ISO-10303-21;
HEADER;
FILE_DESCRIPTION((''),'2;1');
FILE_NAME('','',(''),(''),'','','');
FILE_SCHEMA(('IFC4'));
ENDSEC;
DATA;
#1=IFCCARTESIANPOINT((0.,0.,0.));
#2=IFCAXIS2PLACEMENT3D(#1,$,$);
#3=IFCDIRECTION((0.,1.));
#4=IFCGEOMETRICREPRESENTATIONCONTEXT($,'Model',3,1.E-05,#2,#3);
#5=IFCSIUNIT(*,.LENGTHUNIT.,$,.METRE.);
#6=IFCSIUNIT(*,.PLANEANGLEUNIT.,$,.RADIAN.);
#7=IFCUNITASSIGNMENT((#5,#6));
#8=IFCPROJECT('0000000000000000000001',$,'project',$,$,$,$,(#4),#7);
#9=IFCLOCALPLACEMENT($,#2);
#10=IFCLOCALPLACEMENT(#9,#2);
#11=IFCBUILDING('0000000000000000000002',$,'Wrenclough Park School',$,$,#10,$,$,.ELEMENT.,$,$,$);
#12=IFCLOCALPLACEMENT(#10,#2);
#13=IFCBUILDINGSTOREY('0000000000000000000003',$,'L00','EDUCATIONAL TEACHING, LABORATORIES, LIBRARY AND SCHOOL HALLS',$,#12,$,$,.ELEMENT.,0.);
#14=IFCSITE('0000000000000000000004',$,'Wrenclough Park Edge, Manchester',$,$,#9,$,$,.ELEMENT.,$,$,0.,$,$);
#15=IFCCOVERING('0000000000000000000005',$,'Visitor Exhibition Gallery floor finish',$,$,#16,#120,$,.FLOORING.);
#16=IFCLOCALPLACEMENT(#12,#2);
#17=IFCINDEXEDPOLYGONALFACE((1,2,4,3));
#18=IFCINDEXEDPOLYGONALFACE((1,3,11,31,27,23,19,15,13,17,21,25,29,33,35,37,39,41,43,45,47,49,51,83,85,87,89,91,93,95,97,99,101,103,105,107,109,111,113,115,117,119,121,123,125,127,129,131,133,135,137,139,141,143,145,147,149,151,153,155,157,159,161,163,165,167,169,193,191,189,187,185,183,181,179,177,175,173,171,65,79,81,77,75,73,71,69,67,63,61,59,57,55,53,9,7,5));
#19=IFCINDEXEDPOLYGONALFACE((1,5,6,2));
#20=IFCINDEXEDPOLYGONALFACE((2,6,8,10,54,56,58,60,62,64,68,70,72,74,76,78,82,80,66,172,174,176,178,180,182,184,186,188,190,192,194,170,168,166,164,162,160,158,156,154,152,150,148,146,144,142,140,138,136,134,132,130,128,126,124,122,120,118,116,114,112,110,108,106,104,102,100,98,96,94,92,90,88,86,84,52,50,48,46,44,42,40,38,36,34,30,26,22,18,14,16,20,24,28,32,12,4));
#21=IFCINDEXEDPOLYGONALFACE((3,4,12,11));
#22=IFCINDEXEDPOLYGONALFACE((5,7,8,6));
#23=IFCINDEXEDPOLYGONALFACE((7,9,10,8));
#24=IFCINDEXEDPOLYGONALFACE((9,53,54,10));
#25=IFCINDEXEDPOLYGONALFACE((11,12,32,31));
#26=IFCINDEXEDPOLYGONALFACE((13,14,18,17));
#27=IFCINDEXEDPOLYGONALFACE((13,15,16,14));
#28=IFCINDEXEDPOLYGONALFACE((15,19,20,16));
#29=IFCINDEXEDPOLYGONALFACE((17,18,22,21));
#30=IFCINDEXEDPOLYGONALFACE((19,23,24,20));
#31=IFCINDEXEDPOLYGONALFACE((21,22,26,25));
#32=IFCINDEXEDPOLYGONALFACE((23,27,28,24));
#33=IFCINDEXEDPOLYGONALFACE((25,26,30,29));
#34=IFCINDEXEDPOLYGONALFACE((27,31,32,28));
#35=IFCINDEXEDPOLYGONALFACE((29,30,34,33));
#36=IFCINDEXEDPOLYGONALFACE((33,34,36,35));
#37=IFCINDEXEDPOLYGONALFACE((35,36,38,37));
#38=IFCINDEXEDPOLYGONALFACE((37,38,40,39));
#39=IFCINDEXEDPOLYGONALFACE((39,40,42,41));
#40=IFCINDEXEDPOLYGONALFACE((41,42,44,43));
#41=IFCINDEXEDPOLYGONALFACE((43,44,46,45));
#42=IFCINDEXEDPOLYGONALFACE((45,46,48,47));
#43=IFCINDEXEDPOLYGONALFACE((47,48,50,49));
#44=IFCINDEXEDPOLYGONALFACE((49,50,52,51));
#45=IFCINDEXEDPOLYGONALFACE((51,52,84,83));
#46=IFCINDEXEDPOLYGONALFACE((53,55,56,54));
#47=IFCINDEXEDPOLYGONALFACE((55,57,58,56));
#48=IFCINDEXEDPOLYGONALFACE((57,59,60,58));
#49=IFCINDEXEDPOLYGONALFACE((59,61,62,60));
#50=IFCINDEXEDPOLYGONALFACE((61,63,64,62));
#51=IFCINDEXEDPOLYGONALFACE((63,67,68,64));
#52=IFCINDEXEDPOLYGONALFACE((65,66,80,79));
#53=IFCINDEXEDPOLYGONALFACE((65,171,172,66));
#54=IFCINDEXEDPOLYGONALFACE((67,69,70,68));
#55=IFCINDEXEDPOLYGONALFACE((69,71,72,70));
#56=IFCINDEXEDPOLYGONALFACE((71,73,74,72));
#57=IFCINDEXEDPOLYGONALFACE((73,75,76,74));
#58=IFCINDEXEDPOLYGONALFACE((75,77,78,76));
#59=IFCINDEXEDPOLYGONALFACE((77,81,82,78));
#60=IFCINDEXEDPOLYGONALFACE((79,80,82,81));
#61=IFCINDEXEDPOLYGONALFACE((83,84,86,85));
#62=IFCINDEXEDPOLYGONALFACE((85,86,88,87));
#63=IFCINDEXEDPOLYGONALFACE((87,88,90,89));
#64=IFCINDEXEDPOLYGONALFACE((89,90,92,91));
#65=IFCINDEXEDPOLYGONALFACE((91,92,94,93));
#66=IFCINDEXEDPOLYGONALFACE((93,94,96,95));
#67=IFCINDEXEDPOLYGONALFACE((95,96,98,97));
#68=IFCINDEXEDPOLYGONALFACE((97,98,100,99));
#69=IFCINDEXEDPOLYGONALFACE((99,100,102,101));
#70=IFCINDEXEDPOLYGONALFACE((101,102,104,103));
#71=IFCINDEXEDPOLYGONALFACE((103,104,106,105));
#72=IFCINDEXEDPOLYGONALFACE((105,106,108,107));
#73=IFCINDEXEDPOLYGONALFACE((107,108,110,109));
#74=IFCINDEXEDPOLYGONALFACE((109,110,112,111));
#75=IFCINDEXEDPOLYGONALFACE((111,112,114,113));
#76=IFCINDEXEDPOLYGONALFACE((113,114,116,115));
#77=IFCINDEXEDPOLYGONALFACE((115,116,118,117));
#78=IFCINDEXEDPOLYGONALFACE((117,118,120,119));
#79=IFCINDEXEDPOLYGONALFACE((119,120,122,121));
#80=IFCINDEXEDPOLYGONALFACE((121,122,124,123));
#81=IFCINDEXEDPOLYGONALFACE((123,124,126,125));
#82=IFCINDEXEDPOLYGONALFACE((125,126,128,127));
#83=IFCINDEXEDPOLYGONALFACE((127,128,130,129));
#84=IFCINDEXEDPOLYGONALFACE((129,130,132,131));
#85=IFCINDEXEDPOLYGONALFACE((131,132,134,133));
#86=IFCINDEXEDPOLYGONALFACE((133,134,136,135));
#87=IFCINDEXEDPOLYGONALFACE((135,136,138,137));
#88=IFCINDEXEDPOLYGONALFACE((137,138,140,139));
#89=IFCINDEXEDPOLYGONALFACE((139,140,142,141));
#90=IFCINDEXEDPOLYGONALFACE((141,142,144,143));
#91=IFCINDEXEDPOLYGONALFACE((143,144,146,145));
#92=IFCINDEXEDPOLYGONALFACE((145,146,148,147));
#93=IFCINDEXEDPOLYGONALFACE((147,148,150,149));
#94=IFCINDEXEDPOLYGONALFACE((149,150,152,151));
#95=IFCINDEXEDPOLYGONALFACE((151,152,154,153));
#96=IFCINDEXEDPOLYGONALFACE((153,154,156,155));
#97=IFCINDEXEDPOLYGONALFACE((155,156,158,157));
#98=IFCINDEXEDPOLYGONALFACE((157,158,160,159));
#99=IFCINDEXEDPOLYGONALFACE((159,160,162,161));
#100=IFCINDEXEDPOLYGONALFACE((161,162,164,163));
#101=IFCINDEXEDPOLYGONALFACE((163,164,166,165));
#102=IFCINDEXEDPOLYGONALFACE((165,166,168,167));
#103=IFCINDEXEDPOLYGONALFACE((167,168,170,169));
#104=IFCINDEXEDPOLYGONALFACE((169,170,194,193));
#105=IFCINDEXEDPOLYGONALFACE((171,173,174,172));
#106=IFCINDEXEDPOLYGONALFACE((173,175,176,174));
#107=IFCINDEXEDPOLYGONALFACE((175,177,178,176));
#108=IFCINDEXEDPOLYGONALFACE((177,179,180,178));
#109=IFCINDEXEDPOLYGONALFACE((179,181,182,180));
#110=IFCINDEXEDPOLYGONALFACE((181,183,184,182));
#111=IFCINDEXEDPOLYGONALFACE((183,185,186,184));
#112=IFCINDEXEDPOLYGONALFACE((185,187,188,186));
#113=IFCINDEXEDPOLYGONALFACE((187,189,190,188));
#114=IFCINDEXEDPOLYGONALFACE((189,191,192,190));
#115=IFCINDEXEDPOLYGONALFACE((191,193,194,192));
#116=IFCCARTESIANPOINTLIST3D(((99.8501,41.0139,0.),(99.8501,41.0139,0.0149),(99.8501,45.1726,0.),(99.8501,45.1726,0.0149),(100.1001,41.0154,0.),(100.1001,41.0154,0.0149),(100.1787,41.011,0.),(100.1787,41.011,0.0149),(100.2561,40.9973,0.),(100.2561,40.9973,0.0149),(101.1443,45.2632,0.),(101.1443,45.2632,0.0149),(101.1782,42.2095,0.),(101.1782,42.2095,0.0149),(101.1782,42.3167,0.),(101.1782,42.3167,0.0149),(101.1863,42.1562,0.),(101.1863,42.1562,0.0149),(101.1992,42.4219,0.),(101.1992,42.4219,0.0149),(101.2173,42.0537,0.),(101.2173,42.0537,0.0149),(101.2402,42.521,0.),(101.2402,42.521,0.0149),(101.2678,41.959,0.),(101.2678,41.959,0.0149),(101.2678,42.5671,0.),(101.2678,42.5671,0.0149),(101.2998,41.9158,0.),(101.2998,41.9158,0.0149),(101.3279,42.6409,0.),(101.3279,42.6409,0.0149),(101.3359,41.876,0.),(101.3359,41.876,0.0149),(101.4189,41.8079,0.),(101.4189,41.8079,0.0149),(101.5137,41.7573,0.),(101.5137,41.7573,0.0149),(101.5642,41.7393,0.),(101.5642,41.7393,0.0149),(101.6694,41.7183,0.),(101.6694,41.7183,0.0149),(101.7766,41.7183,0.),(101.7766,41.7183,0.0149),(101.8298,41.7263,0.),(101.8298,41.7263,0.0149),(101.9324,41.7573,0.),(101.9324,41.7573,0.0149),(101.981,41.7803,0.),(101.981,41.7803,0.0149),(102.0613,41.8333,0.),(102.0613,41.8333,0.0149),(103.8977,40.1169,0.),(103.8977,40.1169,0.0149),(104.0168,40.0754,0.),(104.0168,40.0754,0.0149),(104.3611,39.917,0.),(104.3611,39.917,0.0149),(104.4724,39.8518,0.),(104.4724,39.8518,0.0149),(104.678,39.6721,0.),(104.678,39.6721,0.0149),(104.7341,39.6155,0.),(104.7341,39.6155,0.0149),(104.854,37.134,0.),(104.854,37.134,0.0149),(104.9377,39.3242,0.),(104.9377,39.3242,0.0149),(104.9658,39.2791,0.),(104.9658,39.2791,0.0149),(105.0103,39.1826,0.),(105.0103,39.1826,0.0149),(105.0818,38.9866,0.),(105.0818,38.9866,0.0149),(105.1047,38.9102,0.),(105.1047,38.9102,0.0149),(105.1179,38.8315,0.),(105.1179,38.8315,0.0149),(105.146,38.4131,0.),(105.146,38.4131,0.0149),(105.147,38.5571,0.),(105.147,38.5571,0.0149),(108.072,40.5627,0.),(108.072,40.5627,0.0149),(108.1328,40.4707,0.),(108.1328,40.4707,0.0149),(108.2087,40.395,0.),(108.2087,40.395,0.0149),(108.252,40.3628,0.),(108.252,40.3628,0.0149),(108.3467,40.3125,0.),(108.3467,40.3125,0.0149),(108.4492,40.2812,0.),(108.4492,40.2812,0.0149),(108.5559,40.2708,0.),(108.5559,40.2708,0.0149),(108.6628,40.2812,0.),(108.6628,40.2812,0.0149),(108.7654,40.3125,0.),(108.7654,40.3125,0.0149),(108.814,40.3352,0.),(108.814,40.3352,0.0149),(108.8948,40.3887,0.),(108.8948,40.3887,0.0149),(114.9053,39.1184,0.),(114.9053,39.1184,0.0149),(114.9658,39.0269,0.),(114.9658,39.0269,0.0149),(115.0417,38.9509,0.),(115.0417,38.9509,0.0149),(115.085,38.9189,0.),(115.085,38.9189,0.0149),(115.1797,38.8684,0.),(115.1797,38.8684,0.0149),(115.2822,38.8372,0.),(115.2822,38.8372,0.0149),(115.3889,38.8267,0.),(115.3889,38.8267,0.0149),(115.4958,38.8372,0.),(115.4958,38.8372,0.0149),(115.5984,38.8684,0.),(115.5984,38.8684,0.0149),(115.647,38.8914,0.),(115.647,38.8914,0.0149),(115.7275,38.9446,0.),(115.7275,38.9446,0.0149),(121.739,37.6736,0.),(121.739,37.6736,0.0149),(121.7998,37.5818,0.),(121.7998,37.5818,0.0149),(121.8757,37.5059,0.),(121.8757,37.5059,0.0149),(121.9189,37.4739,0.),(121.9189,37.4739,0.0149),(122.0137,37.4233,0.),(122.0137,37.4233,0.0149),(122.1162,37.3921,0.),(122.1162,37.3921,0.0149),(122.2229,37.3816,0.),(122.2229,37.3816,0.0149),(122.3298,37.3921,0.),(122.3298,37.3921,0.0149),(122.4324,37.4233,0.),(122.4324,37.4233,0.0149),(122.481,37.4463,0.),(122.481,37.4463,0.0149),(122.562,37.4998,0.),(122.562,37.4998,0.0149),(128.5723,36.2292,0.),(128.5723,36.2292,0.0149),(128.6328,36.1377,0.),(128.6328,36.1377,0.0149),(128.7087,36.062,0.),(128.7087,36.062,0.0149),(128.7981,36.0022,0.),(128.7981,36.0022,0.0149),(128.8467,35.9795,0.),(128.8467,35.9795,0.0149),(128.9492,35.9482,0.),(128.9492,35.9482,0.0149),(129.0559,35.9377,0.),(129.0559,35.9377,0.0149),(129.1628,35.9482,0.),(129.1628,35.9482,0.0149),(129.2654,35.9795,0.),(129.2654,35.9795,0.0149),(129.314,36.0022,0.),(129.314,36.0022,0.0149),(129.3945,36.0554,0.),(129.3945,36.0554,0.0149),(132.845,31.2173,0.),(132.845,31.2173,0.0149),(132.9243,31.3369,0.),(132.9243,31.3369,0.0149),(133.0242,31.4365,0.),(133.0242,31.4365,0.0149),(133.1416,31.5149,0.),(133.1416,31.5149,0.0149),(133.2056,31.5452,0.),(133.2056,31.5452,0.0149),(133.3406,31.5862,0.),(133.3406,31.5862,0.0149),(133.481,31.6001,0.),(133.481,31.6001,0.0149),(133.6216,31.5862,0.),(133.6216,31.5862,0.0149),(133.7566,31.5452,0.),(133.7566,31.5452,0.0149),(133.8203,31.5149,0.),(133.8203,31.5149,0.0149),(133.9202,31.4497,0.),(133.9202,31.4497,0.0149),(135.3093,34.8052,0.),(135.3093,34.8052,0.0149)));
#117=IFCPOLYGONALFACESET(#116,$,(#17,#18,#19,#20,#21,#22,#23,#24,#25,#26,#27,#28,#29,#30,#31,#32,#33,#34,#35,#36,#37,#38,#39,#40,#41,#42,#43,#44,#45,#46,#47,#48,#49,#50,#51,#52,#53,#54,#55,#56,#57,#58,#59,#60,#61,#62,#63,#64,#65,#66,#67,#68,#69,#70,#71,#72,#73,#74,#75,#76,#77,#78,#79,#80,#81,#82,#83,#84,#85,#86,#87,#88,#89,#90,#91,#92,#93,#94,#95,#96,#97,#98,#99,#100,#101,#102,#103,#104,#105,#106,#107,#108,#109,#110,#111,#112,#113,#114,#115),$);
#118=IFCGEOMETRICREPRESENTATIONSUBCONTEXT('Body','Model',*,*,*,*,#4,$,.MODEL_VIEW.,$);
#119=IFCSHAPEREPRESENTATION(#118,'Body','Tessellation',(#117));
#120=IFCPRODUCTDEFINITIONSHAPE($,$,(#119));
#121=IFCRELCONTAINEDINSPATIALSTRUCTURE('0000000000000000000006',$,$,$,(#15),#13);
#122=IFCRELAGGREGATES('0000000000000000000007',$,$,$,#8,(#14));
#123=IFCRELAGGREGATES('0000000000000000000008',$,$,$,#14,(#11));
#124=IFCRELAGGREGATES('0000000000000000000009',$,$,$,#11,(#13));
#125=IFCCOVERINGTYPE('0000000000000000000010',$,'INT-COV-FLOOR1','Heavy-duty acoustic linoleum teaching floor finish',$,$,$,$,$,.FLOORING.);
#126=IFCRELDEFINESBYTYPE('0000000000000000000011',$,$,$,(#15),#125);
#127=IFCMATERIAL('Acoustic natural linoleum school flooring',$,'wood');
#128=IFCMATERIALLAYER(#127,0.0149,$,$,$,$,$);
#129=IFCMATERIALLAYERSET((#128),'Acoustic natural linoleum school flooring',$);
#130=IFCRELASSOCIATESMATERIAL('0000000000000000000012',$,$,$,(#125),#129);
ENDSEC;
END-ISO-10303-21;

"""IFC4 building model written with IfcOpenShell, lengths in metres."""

from ifc_helpers import new_model, si_unit, direction, origin, place, context, subcontext, project, spatial, polyline, outline, extrude, material, layer, layer_set, type_object, element, save


model = new_model("IFC4")

# Units and contexts
model_context = context("Model", 3, precision=1e-05, world=origin(), true_north=direction((0.0, 1.0)))
body_context = subcontext(model_context, "Body", "Model", "MODEL_VIEW")
ifc_project = project(units=[si_unit("LENGTHUNIT", "METRE"), si_unit("PLANEANGLEUNIT", "RADIAN")], contexts=[model_context])

# Site, building, storey
site_placement = place(None, origin())
site = spatial("IfcSite", under=ifc_project, at=site_placement, Name="Wrenclough Park Edge, Manchester", CompositionType="ELEMENT", RefElevation=0.0)
building_placement = place(site_placement, origin())
building = spatial("IfcBuilding", under=site, at=building_placement, Name="Wrenclough Park School", CompositionType="ELEMENT")
storey_placement = place(building_placement, origin())
storey = spatial("IfcBuildingStorey", under=building, at=storey_placement, Name="L00", Description="EDUCATIONAL TEACHING, LABORATORIES, LIBRARY AND SCHOOL HALLS", CompositionType="ELEMENT", Elevation=0.0)

# Covering
ifc_material_1 = material(Name="Acoustic natural linoleum school flooring", Category="wood")
ifc_layer_1 = layer(ifc_material_1, 0.0149)
ifc_layer_set_1 = layer_set([ifc_layer_1], Name="Acoustic natural linoleum school flooring")
covering_type_1 = type_object("IfcCoveringType", Name="INT-COV-FLOOR1", Description="Heavy-duty acoustic linoleum teaching floor finish", PredefinedType="FLOORING", material=ifc_layer_set_1)
covering_1_placement = place(storey_placement, origin())
element("IfcCovering", 1, at=covering_1_placement, inside=storey, type_object=covering_type_1, Name="Visitor Exhibition Gallery floor finish", PredefinedType="FLOORING", context=body_context, shape_type="SweptSolid", body=[
    extrude(outline(polyline([(99.8501, 45.1726), (99.8501, 41.0139), (100.1001, 41.0154), (100.1787, 41.011), (100.2561, 40.9973), (103.8977, 40.1169), (104.0168, 40.0754), (104.3611, 39.917), (104.4724, 39.8518), (104.678, 39.6721), (104.7341, 39.6155), (104.9377, 39.3242), (104.9658, 39.2791), (105.0103, 39.1826), (105.0818, 38.9866), (105.1047, 38.9102), (105.1179, 38.8315), (105.147, 38.5571), (105.146, 38.4131), (104.854, 37.134), (132.845, 31.2173), (132.9243, 31.3369), (133.0242, 31.4365), (133.1416, 31.5149), (133.2056, 31.5452), (133.3406, 31.5862), (133.481, 31.6001), (133.6216, 31.5862), (133.7566, 31.5452), (133.8203, 31.5149), (133.9202, 31.4497), (135.3093, 34.8052), (129.3945, 36.0554), (129.314, 36.0022), (129.2654, 35.9795), (129.1628, 35.9482), (129.0559, 35.9377), (128.9492, 35.9482), (128.8467, 35.9795), (128.7981, 36.0022), (128.7087, 36.062), (128.6328, 36.1377), (128.5723, 36.2292), (122.562, 37.4998), (122.481, 37.4463), (122.4324, 37.4233), (122.3298, 37.3921), (122.2229, 37.3816), (122.1162, 37.3921), (122.0137, 37.4233), (121.9189, 37.4739), (121.8757, 37.5059), (121.7998, 37.5818), (121.739, 37.6736), (115.7275, 38.9446), (115.647, 38.8914), (115.5984, 38.8684), (115.4958, 38.8372), (115.3889, 38.8267), (115.2822, 38.8372), (115.1797, 38.8684), (115.085, 38.9189), (115.0417, 38.9509), (114.9658, 39.0269), (114.9053, 39.1184), (108.8948, 40.3887), (108.814, 40.3352), (108.7654, 40.3125), (108.6628, 40.2812), (108.5559, 40.2708), (108.4492, 40.2812), (108.3467, 40.3125), (108.252, 40.3628), (108.2087, 40.395), (108.1328, 40.4707), (108.072, 40.5627), (102.0613, 41.8333), (101.981, 41.7803), (101.9324, 41.7573), (101.8298, 41.7263), (101.7766, 41.7183), (101.6694, 41.7183), (101.5642, 41.7393), (101.5137, 41.7573), (101.4189, 41.8079), (101.3359, 41.876), (101.2998, 41.9158), (101.2678, 41.959), (101.2173, 42.0537), (101.1863, 42.1562), (101.1782, 42.2095), (101.1782, 42.3167), (101.1992, 42.4219), (101.2402, 42.521), (101.2678, 42.5671), (101.3279, 42.6409), (101.1443, 45.2632), (99.8501, 45.1726)])), origin(), (0.0, 0.0, 1.0), 0.0149),
])

save(model, "model.ifc")
